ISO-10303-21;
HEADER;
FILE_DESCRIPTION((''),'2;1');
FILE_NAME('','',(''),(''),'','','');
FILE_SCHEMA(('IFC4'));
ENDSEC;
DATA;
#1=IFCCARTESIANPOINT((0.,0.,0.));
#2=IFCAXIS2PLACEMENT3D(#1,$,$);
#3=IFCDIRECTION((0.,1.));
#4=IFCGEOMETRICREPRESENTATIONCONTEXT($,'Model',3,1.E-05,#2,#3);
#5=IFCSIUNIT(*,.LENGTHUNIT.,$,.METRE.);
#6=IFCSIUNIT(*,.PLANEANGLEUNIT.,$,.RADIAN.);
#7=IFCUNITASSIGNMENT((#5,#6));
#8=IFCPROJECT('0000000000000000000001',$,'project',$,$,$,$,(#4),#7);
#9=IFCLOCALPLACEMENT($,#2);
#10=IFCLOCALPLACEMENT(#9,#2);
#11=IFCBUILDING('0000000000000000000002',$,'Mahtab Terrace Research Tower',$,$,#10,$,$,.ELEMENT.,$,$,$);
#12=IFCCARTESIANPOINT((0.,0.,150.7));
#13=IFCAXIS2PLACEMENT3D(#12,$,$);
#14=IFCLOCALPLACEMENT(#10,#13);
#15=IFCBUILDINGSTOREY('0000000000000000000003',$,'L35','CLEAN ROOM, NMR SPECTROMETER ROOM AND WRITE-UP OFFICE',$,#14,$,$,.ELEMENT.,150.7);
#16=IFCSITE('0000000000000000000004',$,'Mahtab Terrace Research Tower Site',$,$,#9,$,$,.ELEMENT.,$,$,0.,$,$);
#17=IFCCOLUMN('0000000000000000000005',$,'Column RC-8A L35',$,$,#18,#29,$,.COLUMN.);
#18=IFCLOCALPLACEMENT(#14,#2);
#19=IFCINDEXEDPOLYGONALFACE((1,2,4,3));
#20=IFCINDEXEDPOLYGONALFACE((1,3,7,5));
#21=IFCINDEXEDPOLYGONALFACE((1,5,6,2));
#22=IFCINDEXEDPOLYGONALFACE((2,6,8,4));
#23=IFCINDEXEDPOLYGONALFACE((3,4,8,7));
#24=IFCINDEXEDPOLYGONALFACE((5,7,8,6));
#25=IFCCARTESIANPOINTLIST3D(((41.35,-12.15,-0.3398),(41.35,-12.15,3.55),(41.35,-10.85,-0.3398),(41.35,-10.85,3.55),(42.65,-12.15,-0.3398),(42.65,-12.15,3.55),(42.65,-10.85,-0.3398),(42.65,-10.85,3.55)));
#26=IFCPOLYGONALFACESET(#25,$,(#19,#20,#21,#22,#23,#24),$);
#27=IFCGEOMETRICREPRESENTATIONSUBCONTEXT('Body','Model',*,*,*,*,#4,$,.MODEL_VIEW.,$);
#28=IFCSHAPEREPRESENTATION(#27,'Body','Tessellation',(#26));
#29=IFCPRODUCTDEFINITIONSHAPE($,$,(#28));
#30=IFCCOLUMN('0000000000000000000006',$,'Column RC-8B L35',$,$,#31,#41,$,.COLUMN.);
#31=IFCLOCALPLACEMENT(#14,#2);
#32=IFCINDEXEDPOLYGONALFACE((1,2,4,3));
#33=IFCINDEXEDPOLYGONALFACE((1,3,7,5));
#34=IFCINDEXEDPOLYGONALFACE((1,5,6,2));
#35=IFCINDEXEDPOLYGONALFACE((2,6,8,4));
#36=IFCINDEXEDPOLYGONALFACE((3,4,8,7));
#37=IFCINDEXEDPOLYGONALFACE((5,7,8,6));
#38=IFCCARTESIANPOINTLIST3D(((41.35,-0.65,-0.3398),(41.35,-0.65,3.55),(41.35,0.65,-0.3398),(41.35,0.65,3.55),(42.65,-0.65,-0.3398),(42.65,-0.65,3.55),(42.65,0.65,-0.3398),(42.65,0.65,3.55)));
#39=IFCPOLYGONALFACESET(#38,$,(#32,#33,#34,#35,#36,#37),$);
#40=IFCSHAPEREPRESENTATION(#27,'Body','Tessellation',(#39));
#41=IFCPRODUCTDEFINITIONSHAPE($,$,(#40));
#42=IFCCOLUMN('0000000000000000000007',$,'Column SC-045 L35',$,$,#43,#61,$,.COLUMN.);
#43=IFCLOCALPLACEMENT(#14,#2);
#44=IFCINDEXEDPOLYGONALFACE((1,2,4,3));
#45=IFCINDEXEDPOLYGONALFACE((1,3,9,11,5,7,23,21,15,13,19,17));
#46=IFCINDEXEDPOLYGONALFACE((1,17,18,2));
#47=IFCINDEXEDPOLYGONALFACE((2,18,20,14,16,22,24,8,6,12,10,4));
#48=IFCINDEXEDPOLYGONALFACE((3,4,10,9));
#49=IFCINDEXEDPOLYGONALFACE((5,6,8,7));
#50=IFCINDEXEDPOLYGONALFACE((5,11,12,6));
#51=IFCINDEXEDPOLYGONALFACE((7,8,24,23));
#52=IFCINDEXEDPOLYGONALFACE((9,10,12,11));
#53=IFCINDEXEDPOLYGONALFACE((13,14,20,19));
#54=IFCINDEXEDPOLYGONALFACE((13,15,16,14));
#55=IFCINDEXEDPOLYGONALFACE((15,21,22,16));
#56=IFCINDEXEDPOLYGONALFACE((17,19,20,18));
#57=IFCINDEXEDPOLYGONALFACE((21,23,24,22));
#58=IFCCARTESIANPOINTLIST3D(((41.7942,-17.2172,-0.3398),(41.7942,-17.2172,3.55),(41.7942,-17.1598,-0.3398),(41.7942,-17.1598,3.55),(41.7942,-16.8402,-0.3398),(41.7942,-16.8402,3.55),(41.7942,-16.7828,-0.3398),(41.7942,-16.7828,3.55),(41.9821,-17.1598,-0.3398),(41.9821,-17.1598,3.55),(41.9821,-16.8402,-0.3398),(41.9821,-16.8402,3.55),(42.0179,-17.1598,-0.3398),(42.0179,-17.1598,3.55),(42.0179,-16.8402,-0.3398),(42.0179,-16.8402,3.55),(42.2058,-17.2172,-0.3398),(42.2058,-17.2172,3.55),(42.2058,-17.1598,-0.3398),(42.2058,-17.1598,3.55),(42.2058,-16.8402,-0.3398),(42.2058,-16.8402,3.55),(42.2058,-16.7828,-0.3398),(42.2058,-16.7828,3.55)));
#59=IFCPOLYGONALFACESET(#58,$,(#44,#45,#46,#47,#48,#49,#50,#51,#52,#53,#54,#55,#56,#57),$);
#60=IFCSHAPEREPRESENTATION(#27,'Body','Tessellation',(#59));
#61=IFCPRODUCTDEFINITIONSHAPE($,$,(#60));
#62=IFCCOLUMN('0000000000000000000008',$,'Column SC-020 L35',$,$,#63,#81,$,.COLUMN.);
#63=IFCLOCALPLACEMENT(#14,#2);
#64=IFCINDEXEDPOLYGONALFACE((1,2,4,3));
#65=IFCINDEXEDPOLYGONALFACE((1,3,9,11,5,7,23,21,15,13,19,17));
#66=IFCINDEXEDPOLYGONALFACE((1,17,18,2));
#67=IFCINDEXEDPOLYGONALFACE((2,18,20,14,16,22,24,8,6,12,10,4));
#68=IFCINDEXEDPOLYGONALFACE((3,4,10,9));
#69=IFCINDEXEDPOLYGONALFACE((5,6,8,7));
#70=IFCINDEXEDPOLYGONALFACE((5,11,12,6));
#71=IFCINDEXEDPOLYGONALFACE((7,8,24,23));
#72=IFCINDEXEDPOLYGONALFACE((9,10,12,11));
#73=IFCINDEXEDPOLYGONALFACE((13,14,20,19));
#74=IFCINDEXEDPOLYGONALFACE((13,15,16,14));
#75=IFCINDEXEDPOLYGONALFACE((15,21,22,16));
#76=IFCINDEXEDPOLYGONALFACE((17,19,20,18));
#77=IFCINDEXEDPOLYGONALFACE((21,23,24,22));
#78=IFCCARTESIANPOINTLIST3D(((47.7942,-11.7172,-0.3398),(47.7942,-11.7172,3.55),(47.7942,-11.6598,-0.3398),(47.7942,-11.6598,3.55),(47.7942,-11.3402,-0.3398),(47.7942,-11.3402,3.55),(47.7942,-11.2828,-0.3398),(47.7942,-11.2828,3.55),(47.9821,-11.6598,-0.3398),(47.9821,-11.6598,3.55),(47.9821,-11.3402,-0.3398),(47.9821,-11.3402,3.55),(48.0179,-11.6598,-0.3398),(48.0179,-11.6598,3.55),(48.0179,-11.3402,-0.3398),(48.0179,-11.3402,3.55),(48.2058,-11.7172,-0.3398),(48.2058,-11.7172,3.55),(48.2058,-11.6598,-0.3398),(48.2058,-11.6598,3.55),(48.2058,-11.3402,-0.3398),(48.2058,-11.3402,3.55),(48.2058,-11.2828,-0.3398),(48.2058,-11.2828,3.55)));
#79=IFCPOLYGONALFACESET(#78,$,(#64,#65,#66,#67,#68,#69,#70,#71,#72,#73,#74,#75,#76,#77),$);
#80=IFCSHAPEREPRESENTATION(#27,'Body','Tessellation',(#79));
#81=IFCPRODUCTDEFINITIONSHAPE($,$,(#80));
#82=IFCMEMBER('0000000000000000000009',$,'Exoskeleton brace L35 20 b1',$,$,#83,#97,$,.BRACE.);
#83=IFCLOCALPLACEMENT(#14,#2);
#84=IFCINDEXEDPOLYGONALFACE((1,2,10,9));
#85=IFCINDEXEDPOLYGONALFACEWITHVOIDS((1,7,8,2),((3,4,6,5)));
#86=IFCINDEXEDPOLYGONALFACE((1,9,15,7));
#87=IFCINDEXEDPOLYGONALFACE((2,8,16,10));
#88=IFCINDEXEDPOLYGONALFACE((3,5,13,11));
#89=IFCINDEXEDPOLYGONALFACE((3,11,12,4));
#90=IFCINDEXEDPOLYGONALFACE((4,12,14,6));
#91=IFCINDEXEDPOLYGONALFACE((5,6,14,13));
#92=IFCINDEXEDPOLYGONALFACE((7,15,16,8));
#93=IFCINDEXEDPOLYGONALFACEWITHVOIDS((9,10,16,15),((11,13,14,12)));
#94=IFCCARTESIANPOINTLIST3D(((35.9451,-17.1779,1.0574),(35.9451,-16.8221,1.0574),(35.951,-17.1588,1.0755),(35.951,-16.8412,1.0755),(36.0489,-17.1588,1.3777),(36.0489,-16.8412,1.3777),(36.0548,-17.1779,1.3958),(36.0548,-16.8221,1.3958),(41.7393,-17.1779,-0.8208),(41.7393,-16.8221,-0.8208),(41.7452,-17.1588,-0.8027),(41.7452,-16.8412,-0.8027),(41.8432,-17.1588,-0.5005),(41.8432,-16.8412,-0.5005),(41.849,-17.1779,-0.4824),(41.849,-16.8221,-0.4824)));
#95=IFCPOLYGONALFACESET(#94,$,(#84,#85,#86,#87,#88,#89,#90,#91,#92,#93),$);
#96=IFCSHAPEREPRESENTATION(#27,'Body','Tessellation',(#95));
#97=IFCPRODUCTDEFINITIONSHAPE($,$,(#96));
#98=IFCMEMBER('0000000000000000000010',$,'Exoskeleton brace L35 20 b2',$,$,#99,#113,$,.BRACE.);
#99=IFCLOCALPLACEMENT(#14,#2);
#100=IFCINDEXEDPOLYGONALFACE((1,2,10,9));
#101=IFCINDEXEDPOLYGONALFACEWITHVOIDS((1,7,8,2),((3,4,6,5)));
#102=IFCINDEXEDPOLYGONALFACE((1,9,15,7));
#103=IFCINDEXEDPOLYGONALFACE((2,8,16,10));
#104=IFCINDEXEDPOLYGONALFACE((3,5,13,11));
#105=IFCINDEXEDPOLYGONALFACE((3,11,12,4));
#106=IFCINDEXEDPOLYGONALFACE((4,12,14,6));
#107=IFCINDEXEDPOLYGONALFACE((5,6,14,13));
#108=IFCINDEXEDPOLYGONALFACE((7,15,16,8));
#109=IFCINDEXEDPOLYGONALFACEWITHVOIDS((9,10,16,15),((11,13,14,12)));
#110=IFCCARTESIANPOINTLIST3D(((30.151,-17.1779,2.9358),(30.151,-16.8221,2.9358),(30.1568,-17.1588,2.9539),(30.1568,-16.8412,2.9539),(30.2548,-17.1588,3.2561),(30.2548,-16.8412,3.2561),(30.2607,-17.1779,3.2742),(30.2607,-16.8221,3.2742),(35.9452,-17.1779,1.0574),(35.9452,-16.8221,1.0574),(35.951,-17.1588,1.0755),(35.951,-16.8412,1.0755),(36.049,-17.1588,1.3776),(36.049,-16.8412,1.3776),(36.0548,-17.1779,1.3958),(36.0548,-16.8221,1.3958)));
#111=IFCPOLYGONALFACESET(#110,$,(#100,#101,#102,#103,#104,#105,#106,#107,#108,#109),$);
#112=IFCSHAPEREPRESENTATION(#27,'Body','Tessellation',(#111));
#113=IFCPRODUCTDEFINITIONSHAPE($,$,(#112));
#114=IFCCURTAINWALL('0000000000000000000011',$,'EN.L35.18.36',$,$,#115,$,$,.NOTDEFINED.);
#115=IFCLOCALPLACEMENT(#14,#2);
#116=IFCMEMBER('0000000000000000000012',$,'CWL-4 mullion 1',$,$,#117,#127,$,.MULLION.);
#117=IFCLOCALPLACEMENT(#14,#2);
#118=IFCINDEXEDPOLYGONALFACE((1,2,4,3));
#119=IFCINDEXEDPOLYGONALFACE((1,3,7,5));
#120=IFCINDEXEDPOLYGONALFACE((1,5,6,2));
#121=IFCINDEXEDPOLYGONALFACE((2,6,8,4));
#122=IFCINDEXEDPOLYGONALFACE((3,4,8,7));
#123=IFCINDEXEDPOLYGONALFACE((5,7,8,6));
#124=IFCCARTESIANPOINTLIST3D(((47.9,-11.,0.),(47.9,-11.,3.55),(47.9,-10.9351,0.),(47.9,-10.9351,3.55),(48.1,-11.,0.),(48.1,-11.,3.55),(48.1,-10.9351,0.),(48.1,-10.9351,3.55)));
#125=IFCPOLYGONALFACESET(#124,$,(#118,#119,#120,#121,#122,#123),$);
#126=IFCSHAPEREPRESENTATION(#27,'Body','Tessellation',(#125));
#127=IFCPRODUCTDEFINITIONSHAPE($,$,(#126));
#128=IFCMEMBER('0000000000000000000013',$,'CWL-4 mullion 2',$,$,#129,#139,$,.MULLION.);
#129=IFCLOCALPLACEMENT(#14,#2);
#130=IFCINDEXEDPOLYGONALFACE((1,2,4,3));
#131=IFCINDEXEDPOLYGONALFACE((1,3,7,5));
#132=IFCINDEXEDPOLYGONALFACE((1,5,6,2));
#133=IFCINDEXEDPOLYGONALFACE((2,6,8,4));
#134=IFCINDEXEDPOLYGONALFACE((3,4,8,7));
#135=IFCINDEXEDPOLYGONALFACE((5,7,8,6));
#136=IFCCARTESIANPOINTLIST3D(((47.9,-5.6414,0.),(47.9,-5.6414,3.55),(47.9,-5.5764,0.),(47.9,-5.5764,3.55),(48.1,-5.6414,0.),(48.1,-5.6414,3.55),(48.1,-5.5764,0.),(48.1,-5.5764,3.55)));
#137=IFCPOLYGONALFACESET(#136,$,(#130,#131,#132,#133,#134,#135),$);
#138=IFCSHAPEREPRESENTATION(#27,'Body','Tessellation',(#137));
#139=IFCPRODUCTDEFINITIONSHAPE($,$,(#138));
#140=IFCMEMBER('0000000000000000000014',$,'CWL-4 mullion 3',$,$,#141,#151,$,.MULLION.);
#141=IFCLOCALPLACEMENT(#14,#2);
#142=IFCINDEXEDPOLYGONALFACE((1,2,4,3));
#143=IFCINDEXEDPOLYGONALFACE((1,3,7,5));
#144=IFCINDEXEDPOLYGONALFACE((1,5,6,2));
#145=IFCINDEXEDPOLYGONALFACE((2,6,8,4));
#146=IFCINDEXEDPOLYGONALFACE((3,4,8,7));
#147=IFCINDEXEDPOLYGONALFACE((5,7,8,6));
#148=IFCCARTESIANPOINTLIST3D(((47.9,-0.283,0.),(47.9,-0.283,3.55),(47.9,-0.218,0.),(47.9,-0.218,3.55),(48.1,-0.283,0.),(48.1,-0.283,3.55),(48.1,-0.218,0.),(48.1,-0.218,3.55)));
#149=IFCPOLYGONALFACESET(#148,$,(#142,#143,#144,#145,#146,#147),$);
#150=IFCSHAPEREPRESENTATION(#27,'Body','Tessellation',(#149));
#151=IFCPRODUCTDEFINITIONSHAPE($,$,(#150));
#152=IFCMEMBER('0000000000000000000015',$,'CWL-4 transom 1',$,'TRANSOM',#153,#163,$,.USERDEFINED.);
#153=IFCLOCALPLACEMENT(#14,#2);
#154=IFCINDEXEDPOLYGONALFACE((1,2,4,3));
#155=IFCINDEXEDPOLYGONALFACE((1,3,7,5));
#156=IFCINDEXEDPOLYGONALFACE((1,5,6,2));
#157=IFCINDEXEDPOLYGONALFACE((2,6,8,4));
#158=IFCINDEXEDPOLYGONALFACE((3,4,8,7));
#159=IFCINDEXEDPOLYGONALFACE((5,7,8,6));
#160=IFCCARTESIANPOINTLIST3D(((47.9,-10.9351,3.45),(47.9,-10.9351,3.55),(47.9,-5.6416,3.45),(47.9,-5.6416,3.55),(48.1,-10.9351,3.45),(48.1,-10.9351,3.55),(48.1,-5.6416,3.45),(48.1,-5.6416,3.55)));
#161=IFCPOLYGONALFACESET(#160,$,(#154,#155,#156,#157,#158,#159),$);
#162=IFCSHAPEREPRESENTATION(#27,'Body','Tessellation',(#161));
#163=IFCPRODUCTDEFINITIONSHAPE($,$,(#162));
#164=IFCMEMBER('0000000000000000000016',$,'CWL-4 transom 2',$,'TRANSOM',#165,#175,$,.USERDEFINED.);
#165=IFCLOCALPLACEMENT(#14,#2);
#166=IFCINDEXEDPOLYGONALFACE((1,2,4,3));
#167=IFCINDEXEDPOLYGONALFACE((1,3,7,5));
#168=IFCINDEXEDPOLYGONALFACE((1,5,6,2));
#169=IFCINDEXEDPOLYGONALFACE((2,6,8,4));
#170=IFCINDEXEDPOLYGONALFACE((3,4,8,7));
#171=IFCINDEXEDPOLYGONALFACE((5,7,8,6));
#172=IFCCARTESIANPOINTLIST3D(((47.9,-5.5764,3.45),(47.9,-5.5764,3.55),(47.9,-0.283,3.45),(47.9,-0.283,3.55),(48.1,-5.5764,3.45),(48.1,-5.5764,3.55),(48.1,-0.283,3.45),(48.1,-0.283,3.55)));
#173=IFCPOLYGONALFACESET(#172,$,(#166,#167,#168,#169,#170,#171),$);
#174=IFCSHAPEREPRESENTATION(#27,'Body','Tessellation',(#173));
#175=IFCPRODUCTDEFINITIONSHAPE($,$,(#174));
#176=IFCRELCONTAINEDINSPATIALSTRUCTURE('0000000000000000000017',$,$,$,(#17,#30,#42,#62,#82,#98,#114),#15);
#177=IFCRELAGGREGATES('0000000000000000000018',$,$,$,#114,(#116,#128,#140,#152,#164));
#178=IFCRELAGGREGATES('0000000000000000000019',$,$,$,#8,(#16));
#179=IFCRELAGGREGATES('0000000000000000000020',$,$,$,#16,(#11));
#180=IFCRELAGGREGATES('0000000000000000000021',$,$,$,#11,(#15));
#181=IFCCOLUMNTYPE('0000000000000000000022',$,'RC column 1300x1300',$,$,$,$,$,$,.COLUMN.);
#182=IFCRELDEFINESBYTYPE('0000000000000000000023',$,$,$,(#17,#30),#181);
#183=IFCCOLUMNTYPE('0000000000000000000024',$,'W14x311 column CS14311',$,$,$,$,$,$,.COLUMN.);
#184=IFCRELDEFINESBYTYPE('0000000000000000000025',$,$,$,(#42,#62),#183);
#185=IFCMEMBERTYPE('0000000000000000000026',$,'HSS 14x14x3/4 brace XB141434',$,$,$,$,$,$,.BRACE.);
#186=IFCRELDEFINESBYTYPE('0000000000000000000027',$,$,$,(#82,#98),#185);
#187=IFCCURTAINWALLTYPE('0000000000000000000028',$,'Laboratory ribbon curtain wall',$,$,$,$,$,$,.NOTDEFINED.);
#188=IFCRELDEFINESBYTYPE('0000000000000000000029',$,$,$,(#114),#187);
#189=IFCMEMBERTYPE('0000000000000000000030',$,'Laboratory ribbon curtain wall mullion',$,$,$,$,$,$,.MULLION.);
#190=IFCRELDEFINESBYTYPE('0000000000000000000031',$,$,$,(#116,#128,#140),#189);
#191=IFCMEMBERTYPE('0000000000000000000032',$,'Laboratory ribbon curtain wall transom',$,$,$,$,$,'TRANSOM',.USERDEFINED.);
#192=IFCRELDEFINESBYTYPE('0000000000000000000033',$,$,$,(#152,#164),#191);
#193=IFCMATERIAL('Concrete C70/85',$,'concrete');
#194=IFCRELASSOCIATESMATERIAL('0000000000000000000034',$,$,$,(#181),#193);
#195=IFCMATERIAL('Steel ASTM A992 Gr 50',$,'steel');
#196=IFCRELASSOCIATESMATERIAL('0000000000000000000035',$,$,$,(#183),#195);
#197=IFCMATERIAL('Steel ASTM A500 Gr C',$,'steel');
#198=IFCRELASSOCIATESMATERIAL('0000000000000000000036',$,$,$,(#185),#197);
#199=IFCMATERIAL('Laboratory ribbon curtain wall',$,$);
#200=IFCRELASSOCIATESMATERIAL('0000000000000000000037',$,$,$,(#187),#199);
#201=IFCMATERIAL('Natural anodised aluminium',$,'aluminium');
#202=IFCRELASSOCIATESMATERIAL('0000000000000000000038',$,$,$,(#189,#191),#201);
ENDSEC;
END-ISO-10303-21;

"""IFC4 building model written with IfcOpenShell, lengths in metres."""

from ifc_helpers import new_model, si_unit, direction, frame, origin, origin_2d, place, context, subcontext, project, spatial, rectangle, hollow_rectangle, i_section, extrude, material, material_profile, profile_set, type_object, element, aggregate, save


model = new_model("IFC4")

# Units and contexts
model_context = context("Model", 3, precision=1e-05, world=origin(), true_north=direction((0.0, 1.0)))
body_context = subcontext(model_context, "Body", "Model", "MODEL_VIEW")
ifc_project = project(units=[si_unit("LENGTHUNIT", "METRE"), si_unit("PLANEANGLEUNIT", "RADIAN")], contexts=[model_context])

# Site, building, storey
site_placement = place(None, origin())
site = spatial("IfcSite", under=ifc_project, at=site_placement, Name="Mahtab Terrace Research Tower Site", CompositionType="ELEMENT", RefElevation=0.0)
building_placement = place(site_placement, origin())
building = spatial("IfcBuilding", under=site, at=building_placement, Name="Mahtab Terrace Research Tower", CompositionType="ELEMENT")
storey_placement = place(building_placement, frame((0.0, 0.0, 150.7)))
storey = spatial("IfcBuildingStorey", under=building, at=storey_placement, Name="L35", Description="CLEAN ROOM, NMR SPECTROMETER ROOM AND WRITE-UP OFFICE", CompositionType="ELEMENT", Elevation=150.7)

# Columns
ifc_material_1 = material(Name="Concrete C70/85", Category="concrete")
ifc_material_profile_1 = material_profile(ifc_material_1, rectangle(XDim=1.3, YDim=1.3, at=origin_2d()), Name="RC column 1300x1300")
ifc_profile_set_1 = profile_set([ifc_material_profile_1], Name="Concrete C70/85")
column_type_1 = type_object("IfcColumnType", Name="RC column 1300x1300", PredefinedType="COLUMN", material=ifc_profile_set_1)
for number, where, z_axis, x_axis, name in (
    (1, (42.0, -11.5, -0.3398), (0.0, 0.0, 1.0), (1.0, 0.0, 0.0), "Column RC-8A L35"),
    (2, (42.0, 0.0, -0.3398), (0.0, 0.0, 1.0), (1.0, 0.0, 0.0), "Column RC-8B L35"),
):
    element("IfcColumn", number, at=place(storey_placement, frame(where, z_axis=z_axis, x_axis=x_axis)), inside=storey, type_object=column_type_1, Name=name, PredefinedType="COLUMN", context=body_context, shape_type="SweptSolid", body=[
        extrude(rectangle(XDim=1.3, YDim=1.3, at=origin_2d()), origin(), (0.0, 0.0, 1.0), 3.8899),
    ])
ifc_material_2 = material(Name="Steel ASTM A992 Gr 50", Category="steel")
ifc_material_profile_2 = material_profile(ifc_material_2, i_section(OverallWidth=0.4116, OverallDepth=0.4343, WebThickness=0.0359, FlangeThickness=0.0574, at=origin_2d()), Name="W14X311")
ifc_profile_set_2 = profile_set([ifc_material_profile_2], Name="Steel ASTM A992 Gr 50")
column_type_2 = type_object("IfcColumnType", Name="W14x311 column CS14311", PredefinedType="COLUMN", material=ifc_profile_set_2)
for number, where, z_axis, x_axis, name in (
    (3, (42.0, -17.0, -0.3398), (0.0, 0.0, 1.0), (1.0, 0.0, 0.0), "Column SC-045 L35"),
    (4, (48.0, -11.5, -0.3398), (0.0, 0.0, 1.0), (1.0, 0.0, 0.0), "Column SC-020 L35"),
):
    element("IfcColumn", number, at=place(storey_placement, frame(where, z_axis=z_axis, x_axis=x_axis)), inside=storey, type_object=column_type_2, Name=name, PredefinedType="COLUMN", context=body_context, shape_type="SweptSolid", body=[
        extrude(i_section(OverallWidth=0.4116, OverallDepth=0.4343, WebThickness=0.0359, FlangeThickness=0.0574, at=origin_2d()), origin(), (0.0, 0.0, 1.0), 3.8899),
    ])

# Members
ifc_material_3 = material(Name="Steel ASTM A500 Gr C", Category="steel")
ifc_material_profile_3 = material_profile(ifc_material_3, hollow_rectangle(XDim=0.3557, YDim=0.3557, WallThickness=0.019, at=origin_2d()), Name="HSS14X14X3/4")
ifc_profile_set_3 = profile_set([ifc_material_profile_3], Name="Steel ASTM A500 Gr C")
member_type_1 = type_object("IfcMemberType", Name="HSS 14x14x3/4 brace XB141434", PredefinedType="BRACE", material=ifc_profile_set_3)
for number, where, z_axis, x_axis, name in (
    (5, (41.7942, -17.0, -0.6516), (-0.951272, 0.0, 0.308353), (0.0, -1.0, 0.0), "Exoskeleton brace L35 20 b1"),
    (6, (36.0, -17.0, 1.2266), (-0.95126, 0.0, 0.308389), (0.0, -1.0, 0.0), "Exoskeleton brace L35 20 b2"),
):
    element("IfcMember", number, at=place(storey_placement, frame(where, z_axis=z_axis, x_axis=x_axis)), inside=storey, type_object=member_type_1, Name=name, PredefinedType="BRACE", context=body_context, shape_type="SweptSolid", body=[
        extrude(hollow_rectangle(XDim=0.3557, YDim=0.3557, WallThickness=0.019, at=origin_2d()), origin(), (0.0, 0.0, 1.0), 6.0911),
    ])

# Curtain wall, members
ifc_material_4 = material(Name="Laboratory ribbon curtain wall")
curtain_wall_type = type_object("IfcCurtainWallType", Name="Laboratory ribbon curtain wall", PredefinedType="NOTDEFINED", material=ifc_material_4)
curtain_wall_placement = place(storey_placement, origin())
curtain_wall = element("IfcCurtainWall", 7, at=curtain_wall_placement, inside=storey, type_object=curtain_wall_type, Name="EN.L35.18.36", PredefinedType="NOTDEFINED")
ifc_material_5 = material(Name="Natural anodised aluminium", Category="aluminium")
ifc_material_profile_4 = material_profile(ifc_material_5, rectangle(XDim=0.2, YDim=0.0649, at=origin_2d()), Name="MULLION 65x200")
ifc_profile_set_4 = profile_set([ifc_material_profile_4], Name="Natural anodised aluminium")
member_type_2 = type_object("IfcMemberType", Name="Laboratory ribbon curtain wall mullion", PredefinedType="MULLION", material=ifc_profile_set_4)
member_1_placement = place(storey_placement, frame((48.0, -10.9675, 0.0), z_axis=(0.0, 0.0, 1.0), x_axis=(-1.0, 0.0, 0.0)))
member_1 = element("IfcMember", 8, at=member_1_placement, type_object=member_type_2, Name="CWL-4 mullion 1", PredefinedType="MULLION", context=body_context, shape_type="SweptSolid", body=[
    extrude(rectangle(XDim=0.2, YDim=0.0649, at=origin_2d()), origin(), (0.0, 0.0, 1.0), 3.55),
])
member_2_placement = place(storey_placement, frame((48.0, -5.6089, 0.0), z_axis=(0.0, 0.0, 1.0), x_axis=(-1.0, 0.0, 0.0)))
member_2 = element("IfcMember", 9, at=member_2_placement, type_object=member_type_2, Name="CWL-4 mullion 2", PredefinedType="MULLION", context=body_context, shape_type="SweptSolid", body=[
    extrude(rectangle(XDim=0.2, YDim=0.0649, at=origin_2d()), origin(), (0.0, 0.0, 1.0), 3.55),
])
member_3_placement = place(storey_placement, frame((48.0, -0.2505, 0.0), z_axis=(0.0, 0.0, 1.0), x_axis=(-1.0, 0.0, 0.0)))
member_3 = element("IfcMember", 10, at=member_3_placement, type_object=member_type_2, Name="CWL-4 mullion 3", PredefinedType="MULLION", context=body_context, shape_type="SweptSolid", body=[
    extrude(rectangle(XDim=0.2, YDim=0.0649, at=origin_2d()), origin(), (0.0, 0.0, 1.0), 3.55),
])
ifc_material_profile_5 = material_profile(ifc_material_5, rectangle(XDim=0.2, YDim=0.1001, at=origin_2d()), Name="TRANSOM 100x200")
ifc_profile_set_5 = profile_set([ifc_material_profile_5], Name="Natural anodised aluminium")
member_type_3 = type_object("IfcMemberType", Name="Laboratory ribbon curtain wall transom", ElementType="TRANSOM", PredefinedType="USERDEFINED", material=ifc_profile_set_5)
member_4_placement = place(storey_placement, frame((48.0, -10.9351, 3.5), z_axis=(0.0, 1.0, 0.0), x_axis=(-1.0, 0.0, 0.0)))
member_4 = element("IfcMember", 11, at=member_4_placement, type_object=member_type_3, Name="CWL-4 transom 1", ObjectType="TRANSOM", PredefinedType="USERDEFINED", context=body_context, shape_type="SweptSolid", body=[
    extrude(rectangle(XDim=0.2, YDim=0.1001, at=origin_2d()), origin(), (0.0, 0.0, 1.0), 5.2935),
])
member_5_placement = place(storey_placement, frame((48.0, -5.5764, 3.5), z_axis=(0.0, 1.0, 0.0), x_axis=(-1.0, 0.0, 0.0)))
member_5 = element("IfcMember", 12, at=member_5_placement, type_object=member_type_3, Name="CWL-4 transom 2", ObjectType="TRANSOM", PredefinedType="USERDEFINED", context=body_context, shape_type="SweptSolid", body=[
    extrude(rectangle(XDim=0.2, YDim=0.1001, at=origin_2d()), origin(), (0.0, 0.0, 1.0), 5.2935),
])

aggregate(curtain_wall, [member_1, member_2, member_3, member_4, member_5])

save(model, "model.ifc")
